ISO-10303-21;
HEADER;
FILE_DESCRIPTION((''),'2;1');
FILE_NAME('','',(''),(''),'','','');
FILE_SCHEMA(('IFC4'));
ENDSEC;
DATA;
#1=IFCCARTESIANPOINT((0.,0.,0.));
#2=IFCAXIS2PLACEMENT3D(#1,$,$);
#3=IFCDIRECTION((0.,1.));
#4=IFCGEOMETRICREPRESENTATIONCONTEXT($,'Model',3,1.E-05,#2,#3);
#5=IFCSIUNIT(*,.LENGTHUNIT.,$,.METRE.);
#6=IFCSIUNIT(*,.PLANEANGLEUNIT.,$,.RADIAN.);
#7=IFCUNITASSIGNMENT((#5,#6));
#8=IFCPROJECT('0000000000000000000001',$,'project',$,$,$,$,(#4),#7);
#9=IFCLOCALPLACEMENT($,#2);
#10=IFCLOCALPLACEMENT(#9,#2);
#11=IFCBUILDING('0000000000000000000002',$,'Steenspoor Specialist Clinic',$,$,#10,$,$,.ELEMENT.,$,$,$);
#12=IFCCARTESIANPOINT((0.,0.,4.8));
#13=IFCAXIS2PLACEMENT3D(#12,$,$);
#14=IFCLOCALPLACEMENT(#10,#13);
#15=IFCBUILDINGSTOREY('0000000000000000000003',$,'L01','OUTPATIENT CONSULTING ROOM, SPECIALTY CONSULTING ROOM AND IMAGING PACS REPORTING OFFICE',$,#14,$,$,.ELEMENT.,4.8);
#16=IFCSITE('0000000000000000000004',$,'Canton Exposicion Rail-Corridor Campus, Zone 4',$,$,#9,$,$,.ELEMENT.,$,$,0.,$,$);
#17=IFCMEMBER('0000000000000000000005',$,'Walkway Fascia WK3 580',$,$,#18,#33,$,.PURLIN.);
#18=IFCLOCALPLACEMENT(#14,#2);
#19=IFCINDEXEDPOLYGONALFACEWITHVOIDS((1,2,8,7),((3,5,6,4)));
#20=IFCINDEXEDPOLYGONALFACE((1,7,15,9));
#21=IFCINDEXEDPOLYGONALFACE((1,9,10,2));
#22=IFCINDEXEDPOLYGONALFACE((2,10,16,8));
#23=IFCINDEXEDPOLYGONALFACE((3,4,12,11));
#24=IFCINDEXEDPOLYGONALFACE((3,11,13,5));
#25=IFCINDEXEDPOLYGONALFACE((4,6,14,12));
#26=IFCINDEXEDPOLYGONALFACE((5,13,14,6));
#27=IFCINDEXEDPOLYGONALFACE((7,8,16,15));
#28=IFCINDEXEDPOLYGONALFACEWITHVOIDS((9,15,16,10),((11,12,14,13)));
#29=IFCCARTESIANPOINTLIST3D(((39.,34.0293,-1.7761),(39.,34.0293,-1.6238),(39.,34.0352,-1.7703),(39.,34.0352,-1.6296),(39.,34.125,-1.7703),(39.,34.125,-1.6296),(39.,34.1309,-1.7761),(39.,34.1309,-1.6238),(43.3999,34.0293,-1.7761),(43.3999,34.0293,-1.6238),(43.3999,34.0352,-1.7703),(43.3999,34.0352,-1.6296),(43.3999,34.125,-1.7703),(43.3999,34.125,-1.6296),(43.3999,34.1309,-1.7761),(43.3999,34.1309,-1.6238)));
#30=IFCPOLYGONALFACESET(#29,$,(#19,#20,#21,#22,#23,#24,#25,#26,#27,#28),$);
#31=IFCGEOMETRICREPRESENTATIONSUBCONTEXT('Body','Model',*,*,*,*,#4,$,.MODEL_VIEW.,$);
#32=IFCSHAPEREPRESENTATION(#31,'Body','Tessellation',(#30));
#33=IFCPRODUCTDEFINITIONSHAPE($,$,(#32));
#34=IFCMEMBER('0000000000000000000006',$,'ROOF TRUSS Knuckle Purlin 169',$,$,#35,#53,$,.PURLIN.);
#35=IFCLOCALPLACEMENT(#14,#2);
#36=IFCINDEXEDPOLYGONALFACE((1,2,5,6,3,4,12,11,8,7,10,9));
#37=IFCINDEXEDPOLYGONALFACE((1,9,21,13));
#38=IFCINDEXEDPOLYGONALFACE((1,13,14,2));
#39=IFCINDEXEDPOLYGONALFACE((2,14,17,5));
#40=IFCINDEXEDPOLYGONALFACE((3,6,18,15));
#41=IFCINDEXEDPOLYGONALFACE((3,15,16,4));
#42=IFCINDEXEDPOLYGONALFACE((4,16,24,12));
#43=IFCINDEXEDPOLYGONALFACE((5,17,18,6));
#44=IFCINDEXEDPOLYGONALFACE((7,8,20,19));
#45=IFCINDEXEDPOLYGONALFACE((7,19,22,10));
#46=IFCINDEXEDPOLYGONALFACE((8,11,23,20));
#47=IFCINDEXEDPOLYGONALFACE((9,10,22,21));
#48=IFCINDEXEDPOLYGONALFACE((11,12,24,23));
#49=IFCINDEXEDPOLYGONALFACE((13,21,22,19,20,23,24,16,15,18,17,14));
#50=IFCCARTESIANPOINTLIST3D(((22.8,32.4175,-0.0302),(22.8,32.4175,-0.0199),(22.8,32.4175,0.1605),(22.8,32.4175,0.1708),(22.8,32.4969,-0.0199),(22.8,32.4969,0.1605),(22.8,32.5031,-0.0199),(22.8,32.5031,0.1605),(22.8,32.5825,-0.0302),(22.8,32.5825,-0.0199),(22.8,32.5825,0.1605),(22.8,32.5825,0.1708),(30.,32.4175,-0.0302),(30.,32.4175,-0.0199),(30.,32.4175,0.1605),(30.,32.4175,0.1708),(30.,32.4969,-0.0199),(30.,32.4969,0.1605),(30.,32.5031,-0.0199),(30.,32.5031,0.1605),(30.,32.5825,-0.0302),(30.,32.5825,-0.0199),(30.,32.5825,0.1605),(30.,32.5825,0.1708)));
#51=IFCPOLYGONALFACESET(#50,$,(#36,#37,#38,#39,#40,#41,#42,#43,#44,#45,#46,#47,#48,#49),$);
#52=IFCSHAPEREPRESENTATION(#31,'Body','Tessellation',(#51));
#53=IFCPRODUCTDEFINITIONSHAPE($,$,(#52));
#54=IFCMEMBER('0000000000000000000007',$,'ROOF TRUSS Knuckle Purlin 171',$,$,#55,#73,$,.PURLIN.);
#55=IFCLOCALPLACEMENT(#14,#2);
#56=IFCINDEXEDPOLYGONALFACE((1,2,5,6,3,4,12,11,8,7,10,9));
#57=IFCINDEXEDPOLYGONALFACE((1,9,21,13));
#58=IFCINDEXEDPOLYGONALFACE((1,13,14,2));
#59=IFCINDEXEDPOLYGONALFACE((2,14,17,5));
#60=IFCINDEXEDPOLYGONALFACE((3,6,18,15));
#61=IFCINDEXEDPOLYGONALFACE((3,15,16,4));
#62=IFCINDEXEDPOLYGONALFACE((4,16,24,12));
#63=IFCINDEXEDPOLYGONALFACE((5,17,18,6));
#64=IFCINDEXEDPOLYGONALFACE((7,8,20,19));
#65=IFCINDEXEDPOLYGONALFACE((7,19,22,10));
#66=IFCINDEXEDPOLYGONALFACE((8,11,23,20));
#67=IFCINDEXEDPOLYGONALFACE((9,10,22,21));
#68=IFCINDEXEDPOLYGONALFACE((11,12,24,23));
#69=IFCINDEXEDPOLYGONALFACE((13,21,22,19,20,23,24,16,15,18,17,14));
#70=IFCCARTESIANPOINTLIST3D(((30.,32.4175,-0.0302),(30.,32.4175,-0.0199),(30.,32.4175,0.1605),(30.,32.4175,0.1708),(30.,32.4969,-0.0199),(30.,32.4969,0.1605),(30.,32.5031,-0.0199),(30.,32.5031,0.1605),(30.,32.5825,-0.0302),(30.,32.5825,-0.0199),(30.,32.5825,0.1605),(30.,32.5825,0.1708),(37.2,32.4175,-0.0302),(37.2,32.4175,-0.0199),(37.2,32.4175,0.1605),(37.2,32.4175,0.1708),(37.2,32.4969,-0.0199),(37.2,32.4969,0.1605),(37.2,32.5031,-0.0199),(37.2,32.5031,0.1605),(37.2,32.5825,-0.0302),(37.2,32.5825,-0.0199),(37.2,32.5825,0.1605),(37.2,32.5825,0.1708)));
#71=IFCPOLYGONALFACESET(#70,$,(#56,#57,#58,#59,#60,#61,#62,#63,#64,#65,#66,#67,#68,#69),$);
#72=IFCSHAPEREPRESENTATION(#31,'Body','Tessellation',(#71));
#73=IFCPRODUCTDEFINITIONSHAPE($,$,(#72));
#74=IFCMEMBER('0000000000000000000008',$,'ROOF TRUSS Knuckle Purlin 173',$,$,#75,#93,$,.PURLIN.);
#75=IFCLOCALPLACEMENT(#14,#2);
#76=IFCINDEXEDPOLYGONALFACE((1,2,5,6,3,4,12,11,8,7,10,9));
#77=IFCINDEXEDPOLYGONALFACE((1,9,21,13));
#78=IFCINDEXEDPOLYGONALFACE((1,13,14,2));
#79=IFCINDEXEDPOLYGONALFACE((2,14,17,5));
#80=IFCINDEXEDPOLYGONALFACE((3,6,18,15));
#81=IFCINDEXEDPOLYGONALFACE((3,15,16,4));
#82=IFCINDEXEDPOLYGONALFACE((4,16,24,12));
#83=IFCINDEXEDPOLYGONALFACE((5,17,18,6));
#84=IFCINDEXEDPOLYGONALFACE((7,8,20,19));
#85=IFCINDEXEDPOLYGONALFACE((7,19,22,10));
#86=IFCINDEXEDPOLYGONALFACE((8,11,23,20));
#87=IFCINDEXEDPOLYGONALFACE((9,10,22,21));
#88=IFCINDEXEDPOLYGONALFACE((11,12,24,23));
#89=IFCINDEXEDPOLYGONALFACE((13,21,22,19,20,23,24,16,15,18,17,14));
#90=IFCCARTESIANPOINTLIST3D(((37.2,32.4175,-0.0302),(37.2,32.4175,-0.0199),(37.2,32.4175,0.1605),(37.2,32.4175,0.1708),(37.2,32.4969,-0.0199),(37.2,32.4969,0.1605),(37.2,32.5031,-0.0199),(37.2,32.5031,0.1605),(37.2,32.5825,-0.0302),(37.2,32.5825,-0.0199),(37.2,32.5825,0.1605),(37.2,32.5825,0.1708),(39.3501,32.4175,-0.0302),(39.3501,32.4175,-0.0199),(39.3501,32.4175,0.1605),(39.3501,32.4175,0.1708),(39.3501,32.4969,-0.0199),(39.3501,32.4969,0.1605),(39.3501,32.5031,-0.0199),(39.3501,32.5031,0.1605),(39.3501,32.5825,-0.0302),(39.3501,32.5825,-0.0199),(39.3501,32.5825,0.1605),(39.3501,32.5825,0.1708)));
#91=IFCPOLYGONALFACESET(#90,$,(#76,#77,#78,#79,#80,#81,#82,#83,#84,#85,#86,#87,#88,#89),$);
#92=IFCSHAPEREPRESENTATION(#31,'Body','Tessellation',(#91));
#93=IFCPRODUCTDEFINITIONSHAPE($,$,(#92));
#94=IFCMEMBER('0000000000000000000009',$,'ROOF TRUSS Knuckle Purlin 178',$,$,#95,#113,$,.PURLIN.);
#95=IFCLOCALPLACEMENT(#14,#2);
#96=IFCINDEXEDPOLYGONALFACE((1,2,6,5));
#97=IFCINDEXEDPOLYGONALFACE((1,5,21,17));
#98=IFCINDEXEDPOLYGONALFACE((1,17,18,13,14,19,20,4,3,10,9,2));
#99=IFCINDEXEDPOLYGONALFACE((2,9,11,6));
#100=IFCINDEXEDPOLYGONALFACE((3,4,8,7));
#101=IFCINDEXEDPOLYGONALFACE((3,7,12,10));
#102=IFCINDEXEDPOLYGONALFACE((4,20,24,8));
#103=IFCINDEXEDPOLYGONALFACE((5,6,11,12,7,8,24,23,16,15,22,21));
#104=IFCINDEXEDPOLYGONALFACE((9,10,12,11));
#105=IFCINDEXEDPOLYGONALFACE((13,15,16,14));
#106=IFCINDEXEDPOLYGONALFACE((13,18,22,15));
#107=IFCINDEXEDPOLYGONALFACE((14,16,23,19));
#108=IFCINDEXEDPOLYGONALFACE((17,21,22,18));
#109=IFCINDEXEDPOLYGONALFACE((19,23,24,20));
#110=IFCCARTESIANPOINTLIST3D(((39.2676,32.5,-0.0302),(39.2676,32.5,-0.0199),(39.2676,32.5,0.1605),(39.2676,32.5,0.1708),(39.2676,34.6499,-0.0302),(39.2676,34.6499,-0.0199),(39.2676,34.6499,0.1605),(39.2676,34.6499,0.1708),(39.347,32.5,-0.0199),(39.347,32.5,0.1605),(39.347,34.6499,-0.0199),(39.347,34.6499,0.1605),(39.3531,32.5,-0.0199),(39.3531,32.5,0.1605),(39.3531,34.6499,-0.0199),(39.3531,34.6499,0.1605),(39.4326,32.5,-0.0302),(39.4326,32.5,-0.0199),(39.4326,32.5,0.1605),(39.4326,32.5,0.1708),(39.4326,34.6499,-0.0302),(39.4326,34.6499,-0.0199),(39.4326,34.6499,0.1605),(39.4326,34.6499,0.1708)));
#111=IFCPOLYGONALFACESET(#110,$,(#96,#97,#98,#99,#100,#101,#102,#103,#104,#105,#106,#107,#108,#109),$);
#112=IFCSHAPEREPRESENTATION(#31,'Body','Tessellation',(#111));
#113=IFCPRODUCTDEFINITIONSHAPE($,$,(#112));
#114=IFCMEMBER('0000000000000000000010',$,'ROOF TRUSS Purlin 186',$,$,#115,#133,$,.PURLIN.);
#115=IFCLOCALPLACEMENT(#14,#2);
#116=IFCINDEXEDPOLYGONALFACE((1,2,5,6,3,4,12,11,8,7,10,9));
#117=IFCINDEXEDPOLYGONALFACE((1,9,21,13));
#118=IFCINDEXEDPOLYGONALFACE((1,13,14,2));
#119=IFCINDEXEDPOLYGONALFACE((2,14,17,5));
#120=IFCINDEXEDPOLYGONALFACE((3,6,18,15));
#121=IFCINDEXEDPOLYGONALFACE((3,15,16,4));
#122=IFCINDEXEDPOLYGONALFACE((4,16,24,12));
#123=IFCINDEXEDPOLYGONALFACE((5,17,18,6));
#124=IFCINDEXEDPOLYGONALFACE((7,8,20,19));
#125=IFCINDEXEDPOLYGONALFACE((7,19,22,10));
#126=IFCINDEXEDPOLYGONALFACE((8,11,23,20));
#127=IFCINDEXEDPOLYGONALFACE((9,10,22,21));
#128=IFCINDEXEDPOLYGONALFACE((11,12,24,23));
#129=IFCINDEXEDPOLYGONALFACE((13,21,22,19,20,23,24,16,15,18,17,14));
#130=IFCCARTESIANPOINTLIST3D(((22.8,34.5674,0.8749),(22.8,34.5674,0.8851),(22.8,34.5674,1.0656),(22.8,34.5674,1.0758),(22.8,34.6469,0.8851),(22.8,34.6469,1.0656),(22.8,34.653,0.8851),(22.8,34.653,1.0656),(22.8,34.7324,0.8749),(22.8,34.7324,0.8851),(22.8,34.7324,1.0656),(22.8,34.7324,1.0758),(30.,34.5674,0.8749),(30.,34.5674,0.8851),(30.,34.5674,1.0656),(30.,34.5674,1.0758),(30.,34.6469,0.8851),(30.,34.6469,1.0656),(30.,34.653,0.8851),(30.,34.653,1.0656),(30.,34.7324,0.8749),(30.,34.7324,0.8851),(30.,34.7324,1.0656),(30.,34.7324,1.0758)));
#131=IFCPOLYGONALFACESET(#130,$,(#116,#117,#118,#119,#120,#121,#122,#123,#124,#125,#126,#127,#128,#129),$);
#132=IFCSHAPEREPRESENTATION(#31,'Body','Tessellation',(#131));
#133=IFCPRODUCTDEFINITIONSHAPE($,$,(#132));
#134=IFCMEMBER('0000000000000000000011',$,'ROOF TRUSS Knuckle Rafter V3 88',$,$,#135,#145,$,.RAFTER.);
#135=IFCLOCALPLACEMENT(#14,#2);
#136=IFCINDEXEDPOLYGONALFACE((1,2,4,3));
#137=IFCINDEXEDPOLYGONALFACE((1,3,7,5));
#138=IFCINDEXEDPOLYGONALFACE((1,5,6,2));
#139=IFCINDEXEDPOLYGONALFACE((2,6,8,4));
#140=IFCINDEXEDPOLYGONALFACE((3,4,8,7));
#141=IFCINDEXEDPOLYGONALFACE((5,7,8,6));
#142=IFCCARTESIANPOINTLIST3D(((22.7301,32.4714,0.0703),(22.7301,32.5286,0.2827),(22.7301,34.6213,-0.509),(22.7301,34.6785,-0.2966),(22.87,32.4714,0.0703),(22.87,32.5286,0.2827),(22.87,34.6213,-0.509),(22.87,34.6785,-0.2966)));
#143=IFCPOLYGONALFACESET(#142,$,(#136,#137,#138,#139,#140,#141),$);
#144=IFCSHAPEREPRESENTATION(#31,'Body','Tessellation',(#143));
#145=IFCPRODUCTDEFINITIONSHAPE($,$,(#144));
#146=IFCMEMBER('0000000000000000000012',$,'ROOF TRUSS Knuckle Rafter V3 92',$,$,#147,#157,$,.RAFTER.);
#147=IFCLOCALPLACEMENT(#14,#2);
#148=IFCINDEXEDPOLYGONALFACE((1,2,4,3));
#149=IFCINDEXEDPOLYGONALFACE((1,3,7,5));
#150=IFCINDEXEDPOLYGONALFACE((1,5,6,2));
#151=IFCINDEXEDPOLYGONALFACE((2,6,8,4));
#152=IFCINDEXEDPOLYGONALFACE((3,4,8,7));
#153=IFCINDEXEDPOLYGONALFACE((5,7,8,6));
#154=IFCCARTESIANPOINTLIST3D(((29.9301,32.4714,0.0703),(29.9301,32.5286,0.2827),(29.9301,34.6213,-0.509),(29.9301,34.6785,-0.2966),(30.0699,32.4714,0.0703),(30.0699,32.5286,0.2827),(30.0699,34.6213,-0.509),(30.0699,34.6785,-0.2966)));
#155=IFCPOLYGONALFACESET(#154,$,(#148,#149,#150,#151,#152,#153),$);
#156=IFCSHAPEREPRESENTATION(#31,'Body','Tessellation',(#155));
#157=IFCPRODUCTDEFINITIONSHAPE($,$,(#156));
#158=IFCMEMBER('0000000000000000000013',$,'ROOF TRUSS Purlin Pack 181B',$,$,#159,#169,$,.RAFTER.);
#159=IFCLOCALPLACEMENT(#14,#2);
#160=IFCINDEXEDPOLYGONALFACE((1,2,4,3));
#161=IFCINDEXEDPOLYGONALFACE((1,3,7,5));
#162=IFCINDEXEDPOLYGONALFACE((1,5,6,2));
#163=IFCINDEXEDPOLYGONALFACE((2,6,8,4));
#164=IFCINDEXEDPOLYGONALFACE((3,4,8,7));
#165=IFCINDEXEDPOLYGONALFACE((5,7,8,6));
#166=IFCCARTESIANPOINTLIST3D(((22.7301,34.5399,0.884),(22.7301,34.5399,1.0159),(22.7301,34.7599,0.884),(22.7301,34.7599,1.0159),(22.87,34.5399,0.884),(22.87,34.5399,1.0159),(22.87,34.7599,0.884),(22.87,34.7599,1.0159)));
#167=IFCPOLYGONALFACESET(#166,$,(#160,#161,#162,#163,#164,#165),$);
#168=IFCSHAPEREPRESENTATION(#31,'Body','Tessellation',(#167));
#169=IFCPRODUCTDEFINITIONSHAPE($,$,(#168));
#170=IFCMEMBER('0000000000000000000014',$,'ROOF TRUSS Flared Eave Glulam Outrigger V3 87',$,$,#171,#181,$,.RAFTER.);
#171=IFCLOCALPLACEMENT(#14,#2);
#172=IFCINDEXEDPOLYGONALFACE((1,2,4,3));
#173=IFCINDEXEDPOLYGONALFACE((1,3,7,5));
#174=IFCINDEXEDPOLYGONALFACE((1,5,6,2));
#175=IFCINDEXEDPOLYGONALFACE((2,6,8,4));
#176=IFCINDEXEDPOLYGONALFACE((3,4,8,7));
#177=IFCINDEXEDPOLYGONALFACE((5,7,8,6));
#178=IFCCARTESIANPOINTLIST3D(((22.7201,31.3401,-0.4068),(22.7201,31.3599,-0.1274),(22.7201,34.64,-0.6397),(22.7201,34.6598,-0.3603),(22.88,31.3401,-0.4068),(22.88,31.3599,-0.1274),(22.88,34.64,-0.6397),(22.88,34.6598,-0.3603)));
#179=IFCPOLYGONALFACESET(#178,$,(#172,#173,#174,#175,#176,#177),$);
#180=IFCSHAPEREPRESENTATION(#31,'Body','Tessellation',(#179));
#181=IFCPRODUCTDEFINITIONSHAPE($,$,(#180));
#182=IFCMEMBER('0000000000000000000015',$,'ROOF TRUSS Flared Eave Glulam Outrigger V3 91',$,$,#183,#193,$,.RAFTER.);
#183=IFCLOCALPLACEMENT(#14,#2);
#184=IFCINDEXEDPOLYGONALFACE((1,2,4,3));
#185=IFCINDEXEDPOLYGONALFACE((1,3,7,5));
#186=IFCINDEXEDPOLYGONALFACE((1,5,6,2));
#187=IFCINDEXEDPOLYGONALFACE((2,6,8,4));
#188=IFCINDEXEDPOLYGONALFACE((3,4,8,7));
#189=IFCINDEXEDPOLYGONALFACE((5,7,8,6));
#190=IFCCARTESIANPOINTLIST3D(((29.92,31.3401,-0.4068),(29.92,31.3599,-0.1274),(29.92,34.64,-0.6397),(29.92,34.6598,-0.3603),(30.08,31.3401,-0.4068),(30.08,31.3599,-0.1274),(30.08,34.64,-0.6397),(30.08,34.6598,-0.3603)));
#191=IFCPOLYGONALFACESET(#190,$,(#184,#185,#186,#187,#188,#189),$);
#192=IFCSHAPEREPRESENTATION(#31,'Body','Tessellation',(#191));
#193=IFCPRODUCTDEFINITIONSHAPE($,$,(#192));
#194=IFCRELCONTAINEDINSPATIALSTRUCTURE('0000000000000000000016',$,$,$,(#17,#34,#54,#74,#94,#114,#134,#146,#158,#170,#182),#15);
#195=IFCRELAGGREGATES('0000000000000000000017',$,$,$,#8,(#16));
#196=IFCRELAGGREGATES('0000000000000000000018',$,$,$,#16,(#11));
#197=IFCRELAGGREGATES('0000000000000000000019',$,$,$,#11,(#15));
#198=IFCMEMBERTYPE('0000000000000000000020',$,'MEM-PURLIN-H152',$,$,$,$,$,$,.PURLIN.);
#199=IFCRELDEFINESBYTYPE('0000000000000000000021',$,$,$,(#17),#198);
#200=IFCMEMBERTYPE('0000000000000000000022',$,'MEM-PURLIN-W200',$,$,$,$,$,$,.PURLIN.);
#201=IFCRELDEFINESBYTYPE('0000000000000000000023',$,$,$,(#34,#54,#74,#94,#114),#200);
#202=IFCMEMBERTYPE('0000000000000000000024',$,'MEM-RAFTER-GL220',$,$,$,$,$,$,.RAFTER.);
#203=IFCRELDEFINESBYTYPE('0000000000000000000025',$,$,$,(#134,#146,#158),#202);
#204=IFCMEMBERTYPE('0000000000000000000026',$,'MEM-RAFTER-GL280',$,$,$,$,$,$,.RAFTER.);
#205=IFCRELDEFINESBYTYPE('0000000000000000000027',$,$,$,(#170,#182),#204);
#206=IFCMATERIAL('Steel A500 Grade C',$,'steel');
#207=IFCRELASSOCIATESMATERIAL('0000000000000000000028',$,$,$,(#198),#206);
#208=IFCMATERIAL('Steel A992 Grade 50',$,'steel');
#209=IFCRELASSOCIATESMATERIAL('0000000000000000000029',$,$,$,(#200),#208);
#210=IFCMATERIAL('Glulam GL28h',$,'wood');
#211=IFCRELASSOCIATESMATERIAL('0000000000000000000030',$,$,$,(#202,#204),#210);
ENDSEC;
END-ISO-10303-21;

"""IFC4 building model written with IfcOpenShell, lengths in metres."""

from ifc_helpers import new_model, si_unit, direction, frame, origin, origin_2d, place, context, subcontext, project, spatial, rectangle, hollow_rectangle, i_section, extrude, material, material_profile, profile_set, type_object, element, save


model = new_model("IFC4")

# Units and contexts
model_context = context("Model", 3, precision=1e-05, world=origin(), true_north=direction((0.0, 1.0)))
body_context = subcontext(model_context, "Body", "Model", "MODEL_VIEW")
ifc_project = project(units=[si_unit("LENGTHUNIT", "METRE"), si_unit("PLANEANGLEUNIT", "RADIAN")], contexts=[model_context])

# Site, building, storey
site_placement = place(None, origin())
site = spatial("IfcSite", under=ifc_project, at=site_placement, Name="Canton Exposicion Rail-Corridor Campus, Zone 4", CompositionType="ELEMENT", RefElevation=0.0)
building_placement = place(site_placement, origin())
building = spatial("IfcBuilding", under=site, at=building_placement, Name="Steenspoor Specialist Clinic", CompositionType="ELEMENT")
storey_placement = place(building_placement, frame((0.0, 0.0, 4.8)))
storey = spatial("IfcBuildingStorey", under=building, at=storey_placement, Name="L01", Description="OUTPATIENT CONSULTING ROOM, SPECIALTY CONSULTING ROOM AND IMAGING PACS REPORTING OFFICE", CompositionType="ELEMENT", Elevation=4.8)

# Shared definitions
ifc_material_1 = material(Name="Steel A992 Grade 50", Category="steel")

# Members
ifc_material_2 = material(Name="Steel A500 Grade C", Category="steel")
ifc_material_profile_1 = material_profile(ifc_material_2, hollow_rectangle(XDim=0.1016, YDim=0.1523, WallThickness=0.0059, at=origin_2d()), Name="HSS152X102X6.4")
ifc_profile_set_1 = profile_set([ifc_material_profile_1], Name="Steel A500 Grade C")
member_type_1 = type_object("IfcMemberType", Name="MEM-PURLIN-H152", PredefinedType="PURLIN", material=ifc_profile_set_1)
member_1_placement = place(storey_placement, frame((39.0, 34.0801, -1.7), z_axis=(1.0, 0.0, 0.0), x_axis=(0.0, 1.0, 0.0)))
element("IfcMember", 1, at=member_1_placement, inside=storey, type_object=member_type_1, Name="Walkway Fascia WK3 580", PredefinedType="PURLIN", context=body_context, shape_type="SweptSolid", body=[
    extrude(hollow_rectangle(XDim=0.1016, YDim=0.1523, WallThickness=0.0059, at=origin_2d()), origin(), (0.0, 0.0, 1.0), 4.3999),
])
ifc_material_profile_2 = material_profile(ifc_material_1, i_section(OverallWidth=0.165, OverallDepth=0.2009, WebThickness=0.0061, FlangeThickness=0.0103, at=origin_2d()), Name="W200X36")
ifc_profile_set_2 = profile_set([ifc_material_profile_2], Name="Steel A992 Grade 50")
member_type_2 = type_object("IfcMemberType", Name="MEM-PURLIN-W200", PredefinedType="PURLIN", material=ifc_profile_set_2)
for number, where, z_axis, x_axis, name in (
    (2, (22.8, 32.5, 0.0703), (1.0, 0.0, 0.0), (0.0, 1.0, 0.0), "ROOF TRUSS Knuckle Purlin 169"),
    (3, (30.0, 32.5, 0.0703), (1.0, 0.0, 0.0), (0.0, 1.0, 0.0), "ROOF TRUSS Knuckle Purlin 171"),
):
    element("IfcMember", number, at=place(storey_placement, frame(where, z_axis=z_axis, x_axis=x_axis)), inside=storey, type_object=member_type_2, Name=name, PredefinedType="PURLIN", context=body_context, shape_type="SweptSolid", body=[
        extrude(i_section(OverallWidth=0.165, OverallDepth=0.2009, WebThickness=0.0061, FlangeThickness=0.0103, at=origin_2d()), origin(), (0.0, 0.0, 1.0), 7.2),
    ])
member_2_placement = place(storey_placement, frame((37.2, 32.5, 0.0703), z_axis=(1.0, 0.0, 0.0), x_axis=(0.0, 1.0, 0.0)))
element("IfcMember", 4, at=member_2_placement, inside=storey, type_object=member_type_2, Name="ROOF TRUSS Knuckle Purlin 173", PredefinedType="PURLIN", context=body_context, shape_type="SweptSolid", body=[
    extrude(i_section(OverallWidth=0.165, OverallDepth=0.2009, WebThickness=0.0061, FlangeThickness=0.0103, at=origin_2d()), origin(), (0.0, 0.0, 1.0), 2.1501),
])
member_3_placement = place(storey_placement, frame((39.3501, 32.5, 0.0703), z_axis=(0.0, 1.0, 0.0), x_axis=(-1.0, 0.0, 0.0)))
element("IfcMember", 5, at=member_3_placement, inside=storey, type_object=member_type_2, Name="ROOF TRUSS Knuckle Purlin 178", PredefinedType="PURLIN", context=body_context, shape_type="SweptSolid", body=[
    extrude(i_section(OverallWidth=0.165, OverallDepth=0.2009, WebThickness=0.0061, FlangeThickness=0.0103, at=origin_2d()), origin(), (0.0, 0.0, 1.0), 2.1499),
])
member_4_placement = place(storey_placement, frame((22.8, 34.6499, 0.9753), z_axis=(1.0, 0.0, 0.0), x_axis=(0.0, 1.0, 0.0)))
element("IfcMember", 6, at=member_4_placement, inside=storey, type_object=member_type_2, Name="ROOF TRUSS Purlin 186", PredefinedType="PURLIN", context=body_context, shape_type="SweptSolid", body=[
    extrude(i_section(OverallWidth=0.165, OverallDepth=0.2009, WebThickness=0.0061, FlangeThickness=0.0103, at=origin_2d()), origin(), (0.0, 0.0, 1.0), 7.2),
])
ifc_material_3 = material(Name="Glulam GL28h", Category="wood")
ifc_material_profile_3 = material_profile(ifc_material_3, rectangle(XDim=0.1399, YDim=0.22, at=origin_2d()), Name="GL28H-140X220")
ifc_profile_set_3 = profile_set([ifc_material_profile_3], Name="Glulam GL28h")
member_type_3 = type_object("IfcMemberType", Name="MEM-RAFTER-GL220", PredefinedType="RAFTER", material=ifc_profile_set_3)
for number, where, z_axis, x_axis, name in (
    (7, (22.8, 34.6499, -0.4028), (0.0, -0.965556, 0.260194), (1.0, 0.0, 0.0), "ROOF TRUSS Knuckle Rafter V3 88"),
    (8, (30.0, 34.6499, -0.4028), (0.0, -0.965556, 0.260194), (1.0, 0.0, 0.0), "ROOF TRUSS Knuckle Rafter V3 92"),
):
    element("IfcMember", number, at=place(storey_placement, frame(where, z_axis=z_axis, x_axis=x_axis)), inside=storey, type_object=member_type_3, Name=name, PredefinedType="RAFTER", context=body_context, shape_type="SweptSolid", body=[
        extrude(rectangle(XDim=0.1399, YDim=0.22, at=origin_2d()), origin(), (0.0, 0.0, 1.0), 2.2266),
    ])
member_5_placement = place(storey_placement, frame((22.8, 34.6499, 0.884), z_axis=(0.0, 0.0, 1.0), x_axis=(1.0, 0.0, 0.0)))
element("IfcMember", 9, at=member_5_placement, inside=storey, type_object=member_type_3, Name="ROOF TRUSS Purlin Pack 181B", PredefinedType="RAFTER", context=body_context, shape_type="SweptSolid", body=[
    extrude(rectangle(XDim=0.1399, YDim=0.22, at=origin_2d()), origin(), (0.0, 0.0, 1.0), 0.1318),
])
ifc_material_profile_4 = material_profile(ifc_material_3, rectangle(XDim=0.1599, YDim=0.28, at=origin_2d()), Name="GL28H-160X280")
ifc_profile_set_4 = profile_set([ifc_material_profile_4], Name="Glulam GL28h")
member_type_4 = type_object("IfcMemberType", Name="MEM-RAFTER-GL280", PredefinedType="RAFTER", material=ifc_profile_set_4)
for number, where, z_axis, x_axis, name in (
    (10, (22.8, 34.6499, -0.5), (0.0, -0.997518, 0.070408), (1.0, 0.0, 0.0), "ROOF TRUSS Flared Eave Glulam Outrigger V3 87"),
    (11, (30.0, 34.6499, -0.5), (0.0, -0.997518, 0.070408), (1.0, 0.0, 0.0), "ROOF TRUSS Flared Eave Glulam Outrigger V3 91"),
):
    element("IfcMember", number, at=place(storey_placement, frame(where, z_axis=z_axis, x_axis=x_axis)), inside=storey, type_object=member_type_4, Name=name, PredefinedType="RAFTER", context=body_context, shape_type="SweptSolid", body=[
        extrude(rectangle(XDim=0.1599, YDim=0.28, at=origin_2d()), origin(), (0.0, 0.0, 1.0), 3.3081),
    ])

save(model, "model.ifc")
